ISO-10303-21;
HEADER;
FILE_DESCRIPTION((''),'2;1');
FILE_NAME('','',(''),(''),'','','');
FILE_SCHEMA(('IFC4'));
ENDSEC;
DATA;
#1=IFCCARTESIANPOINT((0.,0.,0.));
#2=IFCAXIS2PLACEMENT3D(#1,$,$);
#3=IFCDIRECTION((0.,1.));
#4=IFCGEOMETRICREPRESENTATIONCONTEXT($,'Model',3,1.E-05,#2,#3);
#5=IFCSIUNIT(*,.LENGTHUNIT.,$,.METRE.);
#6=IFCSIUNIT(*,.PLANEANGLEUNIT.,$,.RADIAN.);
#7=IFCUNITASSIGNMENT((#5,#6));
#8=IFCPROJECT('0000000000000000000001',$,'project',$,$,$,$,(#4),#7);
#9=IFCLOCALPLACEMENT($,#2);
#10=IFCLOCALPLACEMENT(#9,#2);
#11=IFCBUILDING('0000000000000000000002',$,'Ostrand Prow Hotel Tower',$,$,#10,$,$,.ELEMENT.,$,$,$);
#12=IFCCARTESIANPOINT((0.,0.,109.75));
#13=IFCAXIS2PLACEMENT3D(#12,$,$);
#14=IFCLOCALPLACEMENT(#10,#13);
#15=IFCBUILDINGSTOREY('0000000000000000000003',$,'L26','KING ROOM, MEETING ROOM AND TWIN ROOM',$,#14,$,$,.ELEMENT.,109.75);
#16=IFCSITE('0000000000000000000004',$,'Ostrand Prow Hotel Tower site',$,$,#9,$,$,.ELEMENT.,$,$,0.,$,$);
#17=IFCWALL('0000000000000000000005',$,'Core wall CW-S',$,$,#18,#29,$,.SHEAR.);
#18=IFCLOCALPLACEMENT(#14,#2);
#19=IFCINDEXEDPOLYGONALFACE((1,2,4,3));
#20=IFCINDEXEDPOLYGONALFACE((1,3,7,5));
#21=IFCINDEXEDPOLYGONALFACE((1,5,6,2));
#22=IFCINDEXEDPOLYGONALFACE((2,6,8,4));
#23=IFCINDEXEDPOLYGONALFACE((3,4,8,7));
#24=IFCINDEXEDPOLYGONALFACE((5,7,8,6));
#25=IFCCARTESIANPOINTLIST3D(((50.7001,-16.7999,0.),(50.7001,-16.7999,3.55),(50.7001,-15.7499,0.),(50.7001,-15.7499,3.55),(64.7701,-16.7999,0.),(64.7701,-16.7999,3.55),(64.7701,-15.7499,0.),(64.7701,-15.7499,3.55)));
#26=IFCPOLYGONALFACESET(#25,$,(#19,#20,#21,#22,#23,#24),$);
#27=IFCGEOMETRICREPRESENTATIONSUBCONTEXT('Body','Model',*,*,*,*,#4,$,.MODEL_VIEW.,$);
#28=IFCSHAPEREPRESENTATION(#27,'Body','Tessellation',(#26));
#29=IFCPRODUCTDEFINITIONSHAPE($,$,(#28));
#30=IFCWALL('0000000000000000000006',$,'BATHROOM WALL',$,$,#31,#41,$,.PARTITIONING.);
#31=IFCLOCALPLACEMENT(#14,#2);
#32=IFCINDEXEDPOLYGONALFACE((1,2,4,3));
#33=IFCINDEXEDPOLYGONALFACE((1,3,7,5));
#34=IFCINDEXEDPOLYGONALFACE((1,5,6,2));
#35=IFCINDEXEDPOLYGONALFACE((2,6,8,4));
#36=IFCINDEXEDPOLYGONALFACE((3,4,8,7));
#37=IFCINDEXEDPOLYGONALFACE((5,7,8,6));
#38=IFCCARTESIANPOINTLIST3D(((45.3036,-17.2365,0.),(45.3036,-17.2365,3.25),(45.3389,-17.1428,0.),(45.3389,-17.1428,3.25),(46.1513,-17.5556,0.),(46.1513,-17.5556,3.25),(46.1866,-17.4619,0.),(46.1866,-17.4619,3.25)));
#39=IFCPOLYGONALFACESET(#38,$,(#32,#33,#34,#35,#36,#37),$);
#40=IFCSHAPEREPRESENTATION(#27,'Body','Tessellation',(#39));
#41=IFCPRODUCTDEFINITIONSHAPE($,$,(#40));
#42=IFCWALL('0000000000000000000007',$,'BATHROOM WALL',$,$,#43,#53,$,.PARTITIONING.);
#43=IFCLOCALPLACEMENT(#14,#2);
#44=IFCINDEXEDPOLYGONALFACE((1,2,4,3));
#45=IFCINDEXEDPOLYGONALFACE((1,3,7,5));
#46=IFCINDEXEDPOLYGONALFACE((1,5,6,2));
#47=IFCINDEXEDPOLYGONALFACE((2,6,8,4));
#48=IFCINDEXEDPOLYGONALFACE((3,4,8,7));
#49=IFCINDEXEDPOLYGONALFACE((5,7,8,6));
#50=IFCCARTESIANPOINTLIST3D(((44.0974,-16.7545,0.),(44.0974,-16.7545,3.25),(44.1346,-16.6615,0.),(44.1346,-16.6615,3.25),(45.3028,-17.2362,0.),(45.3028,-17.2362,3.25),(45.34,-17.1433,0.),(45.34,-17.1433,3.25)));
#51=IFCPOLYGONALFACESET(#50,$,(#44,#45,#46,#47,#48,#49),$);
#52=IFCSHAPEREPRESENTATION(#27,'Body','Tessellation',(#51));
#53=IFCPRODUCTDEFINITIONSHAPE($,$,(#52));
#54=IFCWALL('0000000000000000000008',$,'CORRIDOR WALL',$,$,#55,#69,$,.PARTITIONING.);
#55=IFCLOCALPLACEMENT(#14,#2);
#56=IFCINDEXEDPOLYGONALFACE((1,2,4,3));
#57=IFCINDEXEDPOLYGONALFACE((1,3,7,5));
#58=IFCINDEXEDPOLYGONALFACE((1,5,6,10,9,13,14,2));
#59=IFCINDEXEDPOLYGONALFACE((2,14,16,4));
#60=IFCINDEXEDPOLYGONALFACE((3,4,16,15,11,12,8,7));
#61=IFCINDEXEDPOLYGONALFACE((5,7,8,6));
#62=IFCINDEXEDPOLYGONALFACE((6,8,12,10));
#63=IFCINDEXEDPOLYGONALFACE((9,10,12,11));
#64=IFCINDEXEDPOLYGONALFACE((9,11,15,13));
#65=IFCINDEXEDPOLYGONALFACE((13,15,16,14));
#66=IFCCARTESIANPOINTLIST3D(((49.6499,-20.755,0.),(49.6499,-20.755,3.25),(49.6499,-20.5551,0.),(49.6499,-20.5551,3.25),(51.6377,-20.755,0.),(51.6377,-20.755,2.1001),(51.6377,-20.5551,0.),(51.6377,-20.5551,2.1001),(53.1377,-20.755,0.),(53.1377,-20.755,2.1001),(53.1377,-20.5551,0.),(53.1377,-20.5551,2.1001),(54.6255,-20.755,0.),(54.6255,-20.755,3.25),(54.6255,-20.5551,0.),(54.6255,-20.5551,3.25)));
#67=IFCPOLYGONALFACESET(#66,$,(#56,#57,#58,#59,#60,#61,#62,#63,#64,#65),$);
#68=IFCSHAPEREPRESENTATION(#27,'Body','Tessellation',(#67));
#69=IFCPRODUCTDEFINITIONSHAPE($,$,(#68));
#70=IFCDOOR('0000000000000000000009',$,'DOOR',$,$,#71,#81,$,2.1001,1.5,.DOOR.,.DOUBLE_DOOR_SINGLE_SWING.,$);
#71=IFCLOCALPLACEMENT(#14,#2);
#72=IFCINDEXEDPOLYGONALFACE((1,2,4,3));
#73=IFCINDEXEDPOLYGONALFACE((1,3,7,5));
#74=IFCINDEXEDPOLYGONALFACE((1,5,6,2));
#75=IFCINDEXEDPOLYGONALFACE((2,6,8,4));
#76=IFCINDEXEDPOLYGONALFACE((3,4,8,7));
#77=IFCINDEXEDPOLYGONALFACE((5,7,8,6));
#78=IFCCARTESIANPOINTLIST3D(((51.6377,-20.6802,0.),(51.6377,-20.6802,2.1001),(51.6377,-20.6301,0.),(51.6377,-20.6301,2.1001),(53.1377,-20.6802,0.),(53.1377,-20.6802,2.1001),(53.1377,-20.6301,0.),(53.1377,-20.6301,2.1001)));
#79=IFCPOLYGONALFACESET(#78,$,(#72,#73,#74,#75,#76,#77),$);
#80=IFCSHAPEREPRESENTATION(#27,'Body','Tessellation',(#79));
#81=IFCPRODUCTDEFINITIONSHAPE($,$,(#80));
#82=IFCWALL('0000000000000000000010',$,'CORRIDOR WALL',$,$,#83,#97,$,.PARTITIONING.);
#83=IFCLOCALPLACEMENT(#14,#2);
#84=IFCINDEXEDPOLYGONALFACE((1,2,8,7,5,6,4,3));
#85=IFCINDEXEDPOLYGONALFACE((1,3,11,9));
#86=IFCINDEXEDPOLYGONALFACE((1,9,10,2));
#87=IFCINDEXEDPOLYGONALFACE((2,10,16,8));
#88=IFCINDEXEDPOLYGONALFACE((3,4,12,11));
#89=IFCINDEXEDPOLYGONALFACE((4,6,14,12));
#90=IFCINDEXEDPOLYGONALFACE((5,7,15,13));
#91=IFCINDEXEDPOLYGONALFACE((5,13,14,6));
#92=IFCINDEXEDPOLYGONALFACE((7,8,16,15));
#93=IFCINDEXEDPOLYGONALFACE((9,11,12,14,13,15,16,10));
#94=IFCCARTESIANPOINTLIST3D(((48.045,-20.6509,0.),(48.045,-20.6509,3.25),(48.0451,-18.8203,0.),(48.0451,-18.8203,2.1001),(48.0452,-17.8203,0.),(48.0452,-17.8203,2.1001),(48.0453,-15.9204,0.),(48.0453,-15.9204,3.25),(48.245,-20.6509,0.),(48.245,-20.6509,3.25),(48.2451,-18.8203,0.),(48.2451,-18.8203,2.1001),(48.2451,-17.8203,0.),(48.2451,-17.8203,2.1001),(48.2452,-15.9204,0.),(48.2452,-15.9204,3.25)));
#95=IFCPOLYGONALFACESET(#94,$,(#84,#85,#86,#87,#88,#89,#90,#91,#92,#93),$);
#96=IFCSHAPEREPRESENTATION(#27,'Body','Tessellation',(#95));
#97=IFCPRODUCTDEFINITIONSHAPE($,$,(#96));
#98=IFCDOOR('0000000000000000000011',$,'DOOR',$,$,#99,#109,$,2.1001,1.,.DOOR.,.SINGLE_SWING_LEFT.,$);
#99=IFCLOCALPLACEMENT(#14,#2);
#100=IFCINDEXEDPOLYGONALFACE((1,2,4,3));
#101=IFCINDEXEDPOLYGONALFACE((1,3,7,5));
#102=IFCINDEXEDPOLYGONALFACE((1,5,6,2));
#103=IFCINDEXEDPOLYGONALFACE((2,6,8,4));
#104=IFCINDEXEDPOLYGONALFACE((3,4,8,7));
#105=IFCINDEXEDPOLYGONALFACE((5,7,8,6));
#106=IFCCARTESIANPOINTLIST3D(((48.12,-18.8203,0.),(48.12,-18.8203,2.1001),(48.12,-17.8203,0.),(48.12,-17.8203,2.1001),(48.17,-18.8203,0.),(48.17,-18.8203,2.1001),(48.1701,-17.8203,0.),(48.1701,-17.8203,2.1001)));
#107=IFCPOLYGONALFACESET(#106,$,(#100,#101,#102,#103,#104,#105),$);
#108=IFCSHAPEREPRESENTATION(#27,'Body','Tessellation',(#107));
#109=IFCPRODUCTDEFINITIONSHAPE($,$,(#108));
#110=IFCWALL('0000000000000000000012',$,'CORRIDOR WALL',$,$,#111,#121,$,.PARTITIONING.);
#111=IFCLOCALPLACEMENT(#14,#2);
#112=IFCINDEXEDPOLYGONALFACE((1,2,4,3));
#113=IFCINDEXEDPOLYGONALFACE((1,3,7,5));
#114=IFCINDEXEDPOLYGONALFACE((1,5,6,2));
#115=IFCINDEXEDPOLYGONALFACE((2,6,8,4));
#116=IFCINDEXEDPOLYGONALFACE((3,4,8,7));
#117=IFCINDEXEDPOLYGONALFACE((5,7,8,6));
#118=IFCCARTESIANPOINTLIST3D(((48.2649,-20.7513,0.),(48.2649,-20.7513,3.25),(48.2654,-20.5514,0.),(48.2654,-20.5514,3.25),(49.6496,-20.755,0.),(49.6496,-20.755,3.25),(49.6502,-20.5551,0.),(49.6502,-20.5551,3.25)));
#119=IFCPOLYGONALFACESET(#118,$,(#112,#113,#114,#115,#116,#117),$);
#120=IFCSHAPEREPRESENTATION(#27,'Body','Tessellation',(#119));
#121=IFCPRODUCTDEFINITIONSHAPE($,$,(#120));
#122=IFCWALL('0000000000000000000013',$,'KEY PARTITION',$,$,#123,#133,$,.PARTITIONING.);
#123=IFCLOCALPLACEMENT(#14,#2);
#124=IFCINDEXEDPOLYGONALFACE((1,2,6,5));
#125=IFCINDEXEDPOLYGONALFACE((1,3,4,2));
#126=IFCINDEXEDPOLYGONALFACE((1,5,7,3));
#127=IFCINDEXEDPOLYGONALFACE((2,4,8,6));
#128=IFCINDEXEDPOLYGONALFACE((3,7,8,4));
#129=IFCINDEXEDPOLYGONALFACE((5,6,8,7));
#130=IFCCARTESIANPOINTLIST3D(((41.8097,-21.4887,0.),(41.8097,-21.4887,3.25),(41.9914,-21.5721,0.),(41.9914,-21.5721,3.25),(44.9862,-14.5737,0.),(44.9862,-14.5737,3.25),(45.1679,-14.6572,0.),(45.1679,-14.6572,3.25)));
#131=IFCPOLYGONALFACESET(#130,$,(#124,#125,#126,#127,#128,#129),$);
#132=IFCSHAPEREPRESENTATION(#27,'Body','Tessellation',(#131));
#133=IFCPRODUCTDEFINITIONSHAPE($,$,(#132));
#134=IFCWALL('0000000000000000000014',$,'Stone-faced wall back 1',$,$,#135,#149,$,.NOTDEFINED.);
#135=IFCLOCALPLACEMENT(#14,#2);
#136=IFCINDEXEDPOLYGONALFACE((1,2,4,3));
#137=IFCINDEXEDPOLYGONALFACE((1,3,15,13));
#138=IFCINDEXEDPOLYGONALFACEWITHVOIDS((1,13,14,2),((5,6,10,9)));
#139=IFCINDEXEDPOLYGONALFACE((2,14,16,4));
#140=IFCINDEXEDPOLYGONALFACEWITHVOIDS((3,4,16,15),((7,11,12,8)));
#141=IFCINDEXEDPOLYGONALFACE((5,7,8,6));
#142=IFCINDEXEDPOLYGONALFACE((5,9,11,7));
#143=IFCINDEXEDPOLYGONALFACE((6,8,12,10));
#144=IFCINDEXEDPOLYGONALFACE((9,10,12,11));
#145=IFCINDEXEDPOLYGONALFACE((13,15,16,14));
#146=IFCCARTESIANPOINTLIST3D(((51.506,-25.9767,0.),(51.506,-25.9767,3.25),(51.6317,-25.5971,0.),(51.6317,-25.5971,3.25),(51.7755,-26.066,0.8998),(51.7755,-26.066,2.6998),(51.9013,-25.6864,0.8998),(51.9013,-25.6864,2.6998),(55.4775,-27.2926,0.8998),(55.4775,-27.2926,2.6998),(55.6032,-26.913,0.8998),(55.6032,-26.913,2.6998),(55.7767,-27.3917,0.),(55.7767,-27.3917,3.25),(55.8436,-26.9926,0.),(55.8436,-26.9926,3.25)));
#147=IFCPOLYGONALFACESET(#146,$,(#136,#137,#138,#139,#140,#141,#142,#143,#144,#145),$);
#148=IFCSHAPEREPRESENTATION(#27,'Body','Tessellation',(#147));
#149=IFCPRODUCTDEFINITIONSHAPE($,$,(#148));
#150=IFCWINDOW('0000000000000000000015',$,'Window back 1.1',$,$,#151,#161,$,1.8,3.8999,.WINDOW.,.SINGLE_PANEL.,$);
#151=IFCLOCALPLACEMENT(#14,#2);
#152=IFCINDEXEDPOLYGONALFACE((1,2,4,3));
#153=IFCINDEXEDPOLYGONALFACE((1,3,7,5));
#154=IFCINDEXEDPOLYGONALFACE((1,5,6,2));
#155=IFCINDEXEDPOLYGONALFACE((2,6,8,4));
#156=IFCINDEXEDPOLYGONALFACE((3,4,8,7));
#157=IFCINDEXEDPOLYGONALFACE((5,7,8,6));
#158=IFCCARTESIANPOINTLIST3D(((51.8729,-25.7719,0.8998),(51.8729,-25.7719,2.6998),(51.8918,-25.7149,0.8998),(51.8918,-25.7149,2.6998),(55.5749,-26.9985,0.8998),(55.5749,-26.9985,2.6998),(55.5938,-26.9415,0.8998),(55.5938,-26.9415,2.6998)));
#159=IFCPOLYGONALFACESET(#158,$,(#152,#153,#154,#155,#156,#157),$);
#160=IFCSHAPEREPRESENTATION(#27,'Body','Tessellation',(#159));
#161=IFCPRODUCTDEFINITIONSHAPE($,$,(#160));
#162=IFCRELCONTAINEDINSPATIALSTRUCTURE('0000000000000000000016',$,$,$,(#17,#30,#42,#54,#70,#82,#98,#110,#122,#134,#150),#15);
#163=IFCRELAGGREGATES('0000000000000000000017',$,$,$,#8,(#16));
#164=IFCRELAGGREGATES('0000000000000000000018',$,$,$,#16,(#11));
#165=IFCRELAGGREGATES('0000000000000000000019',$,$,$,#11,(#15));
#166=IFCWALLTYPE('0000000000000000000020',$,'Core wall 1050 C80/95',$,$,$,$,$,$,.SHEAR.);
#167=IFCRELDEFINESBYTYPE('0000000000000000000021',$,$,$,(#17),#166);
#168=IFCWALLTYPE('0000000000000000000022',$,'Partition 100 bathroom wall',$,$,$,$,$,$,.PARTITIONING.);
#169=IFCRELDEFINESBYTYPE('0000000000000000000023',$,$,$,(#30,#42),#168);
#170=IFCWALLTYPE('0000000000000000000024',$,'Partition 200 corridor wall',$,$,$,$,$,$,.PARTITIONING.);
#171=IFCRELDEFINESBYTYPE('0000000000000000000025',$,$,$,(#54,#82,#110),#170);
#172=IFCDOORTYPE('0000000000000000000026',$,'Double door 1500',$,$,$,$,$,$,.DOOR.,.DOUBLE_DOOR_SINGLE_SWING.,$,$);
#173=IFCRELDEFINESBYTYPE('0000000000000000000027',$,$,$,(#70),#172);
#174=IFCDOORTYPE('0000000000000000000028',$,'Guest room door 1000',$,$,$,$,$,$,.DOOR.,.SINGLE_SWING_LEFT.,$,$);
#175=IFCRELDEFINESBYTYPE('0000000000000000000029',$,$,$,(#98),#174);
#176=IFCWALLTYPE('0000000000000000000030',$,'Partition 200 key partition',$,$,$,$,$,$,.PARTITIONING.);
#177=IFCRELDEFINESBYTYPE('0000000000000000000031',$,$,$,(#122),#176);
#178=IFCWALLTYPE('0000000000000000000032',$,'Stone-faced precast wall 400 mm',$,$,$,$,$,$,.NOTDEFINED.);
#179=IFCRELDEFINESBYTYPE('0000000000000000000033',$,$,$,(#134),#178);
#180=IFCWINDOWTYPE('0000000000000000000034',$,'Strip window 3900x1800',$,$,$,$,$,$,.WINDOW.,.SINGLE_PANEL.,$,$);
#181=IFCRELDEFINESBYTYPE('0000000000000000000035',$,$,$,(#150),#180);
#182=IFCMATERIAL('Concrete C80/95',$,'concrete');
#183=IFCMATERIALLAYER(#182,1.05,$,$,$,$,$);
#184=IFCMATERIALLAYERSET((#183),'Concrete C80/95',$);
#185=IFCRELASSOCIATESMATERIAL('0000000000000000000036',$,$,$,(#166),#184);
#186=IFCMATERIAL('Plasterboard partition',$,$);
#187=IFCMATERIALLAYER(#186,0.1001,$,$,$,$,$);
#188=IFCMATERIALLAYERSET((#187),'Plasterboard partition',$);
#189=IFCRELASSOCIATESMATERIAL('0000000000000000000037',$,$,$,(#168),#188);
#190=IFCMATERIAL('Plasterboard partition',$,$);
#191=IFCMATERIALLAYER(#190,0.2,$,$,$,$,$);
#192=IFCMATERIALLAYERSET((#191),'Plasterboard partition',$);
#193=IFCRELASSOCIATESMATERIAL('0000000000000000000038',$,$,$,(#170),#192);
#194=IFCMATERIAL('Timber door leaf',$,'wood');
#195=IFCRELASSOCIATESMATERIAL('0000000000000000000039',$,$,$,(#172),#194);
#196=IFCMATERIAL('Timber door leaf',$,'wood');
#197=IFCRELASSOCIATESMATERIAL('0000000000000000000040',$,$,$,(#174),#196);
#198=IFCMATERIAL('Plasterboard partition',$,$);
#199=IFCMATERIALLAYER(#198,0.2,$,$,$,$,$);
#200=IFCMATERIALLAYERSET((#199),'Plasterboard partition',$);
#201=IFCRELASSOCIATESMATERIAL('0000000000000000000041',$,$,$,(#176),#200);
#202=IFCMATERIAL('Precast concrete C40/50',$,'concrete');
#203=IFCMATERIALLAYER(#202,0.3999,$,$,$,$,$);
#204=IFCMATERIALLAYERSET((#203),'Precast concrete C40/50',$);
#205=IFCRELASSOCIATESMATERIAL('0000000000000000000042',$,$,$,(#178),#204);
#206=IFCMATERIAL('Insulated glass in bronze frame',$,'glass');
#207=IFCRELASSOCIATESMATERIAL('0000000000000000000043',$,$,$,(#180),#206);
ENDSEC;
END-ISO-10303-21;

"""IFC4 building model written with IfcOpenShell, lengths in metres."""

from ifc_helpers import new_model, si_unit, direction, frame, frame_2d, origin, place, context, subcontext, project, spatial, polyline, rectangle, outline, extrude, material, layer, layer_set, type_object, element, fill, save


model = new_model("IFC4")

# Units and contexts
model_context = context("Model", 3, precision=1e-05, world=origin(), true_north=direction((0.0, 1.0)))
body_context = subcontext(model_context, "Body", "Model", "MODEL_VIEW")
ifc_project = project(units=[si_unit("LENGTHUNIT", "METRE"), si_unit("PLANEANGLEUNIT", "RADIAN")], contexts=[model_context])

# Site, building, storey
site_placement = place(None, origin())
site = spatial("IfcSite", under=ifc_project, at=site_placement, Name="Ostrand Prow Hotel Tower site", CompositionType="ELEMENT", RefElevation=0.0)
building_placement = place(site_placement, origin())
building = spatial("IfcBuilding", under=site, at=building_placement, Name="Ostrand Prow Hotel Tower", CompositionType="ELEMENT")
storey_placement = place(building_placement, frame((0.0, 0.0, 109.75)))
storey = spatial("IfcBuildingStorey", under=building, at=storey_placement, Name="L26", Description="KING ROOM, MEETING ROOM AND TWIN ROOM", CompositionType="ELEMENT", Elevation=109.75)

# Shared definitions
ifc_material_1 = material(Name="Concrete C80/95", Category="concrete")
ifc_layer_1 = layer(ifc_material_1, 1.05)
ifc_layer_set_1 = layer_set([ifc_layer_1], Name="Concrete C80/95")
wall_type_1 = type_object("IfcWallType", Name="Core wall 1050 C80/95", PredefinedType="SHEAR", material=ifc_layer_set_1)

# Walls
wall_1_placement = place(storey_placement, frame((50.7, -16.2749, 0.0), z_axis=(0.0, 0.0, 1.0), x_axis=(1.0, 0.0, 0.0)))
element("IfcWall", 1, at=wall_1_placement, inside=storey, type_object=wall_type_1, Name="Core wall CW-S", PredefinedType="SHEAR", context=body_context, shape_type="SweptSolid", body=[
    extrude(rectangle(XDim=14.0701, YDim=1.05, at=frame_2d((7.0352, 0.0))), origin(), (0.0, 0.0, 1.0), 3.55),
])
ifc_material_2 = material(Name="Plasterboard partition")
ifc_layer_2 = layer(ifc_material_2, 0.1001)
ifc_layer_set_2 = layer_set([ifc_layer_2], Name="Plasterboard partition")
wall_type_2 = type_object("IfcWallType", Name="Partition 100 bathroom wall", PredefinedType="PARTITIONING", material=ifc_layer_set_2)
wall_2_placement = place(storey_placement, frame((46.1689, -17.5088, 0.0), z_axis=(0.0, 0.0, 1.0), x_axis=(-0.935885, 0.352305, 0.0)))
element("IfcWall", 2, at=wall_2_placement, inside=storey, type_object=wall_type_2, Name="BATHROOM WALL", PredefinedType="PARTITIONING", context=body_context, shape_type="SweptSolid", body=[
    extrude(rectangle(XDim=0.9058, YDim=0.1001, at=frame_2d((0.4529, 0.0))), origin(), (0.0, 0.0, 1.0), 3.25),
])
wall_3_placement = place(storey_placement, frame((45.3213, -17.1897, 0.0), z_axis=(0.0, 0.0, 1.0), x_axis=(-0.928593, 0.371099, 0.0)))
element("IfcWall", 3, at=wall_3_placement, inside=storey, type_object=wall_type_2, Name="BATHROOM WALL", PredefinedType="PARTITIONING", context=body_context, shape_type="SweptSolid", body=[
    extrude(rectangle(XDim=1.2981, YDim=0.1001, at=frame_2d((0.6489, 0.0))), origin(), (0.0, 0.0, 1.0), 3.25),
])

# Walls, openings, doors
ifc_material_3 = material(Name="Plasterboard partition")
ifc_layer_3 = layer(ifc_material_3, 0.2)
ifc_layer_set_3 = layer_set([ifc_layer_3], Name="Plasterboard partition")
wall_type_3 = type_object("IfcWallType", Name="Partition 200 corridor wall", PredefinedType="PARTITIONING", material=ifc_layer_set_3)
wall_4_placement = place(storey_placement, frame((49.6499, -20.655, 0.0), z_axis=(0.0, 0.0, 1.0), x_axis=(1.0, 0.0, 0.0)))
wall_4 = element("IfcWall", 4, at=wall_4_placement, inside=storey, type_object=wall_type_3, Name="CORRIDOR WALL", PredefinedType="PARTITIONING", context=body_context, shape_type="SweptSolid", body=[
    extrude(rectangle(XDim=4.9756, YDim=0.2, at=frame_2d((2.4878, 0.0))), origin(), (0.0, 0.0, 1.0), 3.25),
])
opening_1_placement = place(wall_4_placement, frame((1.9878, 0.0, 0.0)))
opening_1 = element("IfcOpeningElement", 5, at=opening_1_placement, cuts=wall_4, PredefinedType="OPENING", context=body_context, shape_type="SweptSolid", body=[
    extrude(rectangle(XDim=1.5, YDim=2.1001, at=frame_2d((0.75, 1.05))), frame((0.0, 0.1099, 0.0), z_axis=(0.0, -1.0, 0.0), x_axis=(1.0, 0.0, 0.0)), (0.0, 0.0, 1.0), 0.22),
])
ifc_material_4 = material(Name="Timber door leaf", Category="wood")
door_type_1 = type_object("IfcDoorType", Name="Double door 1500", OperationType="DOUBLE_DOOR_SINGLE_SWING", PredefinedType="DOOR", material=ifc_material_4)
door_1_placement = place(opening_1_placement, origin())
door_1 = element("IfcDoor", 6, at=door_1_placement, inside=storey, type_object=door_type_1, Name="DOOR", OperationType="DOUBLE_DOOR_SINGLE_SWING", OverallHeight=2.1001, OverallWidth=1.5, PredefinedType="DOOR", context=body_context, shape_type="SweptSolid", body=[
    extrude(rectangle(XDim=1.5, YDim=2.1001, at=frame_2d((0.75, 1.05))), frame((0.0, 0.0249, 0.0), z_axis=(0.0, -1.0, 0.0), x_axis=(1.0, 0.0, 0.0)), (0.0, 0.0, 1.0), 0.05),
])
fill(opening_1, door_1)
wall_5_placement = place(storey_placement, frame((48.1453, -15.9204, 0.0), z_axis=(0.0, 0.0, 1.0), x_axis=(-0.000052, -1.0, 0.0)))
wall_5 = element("IfcWall", 7, at=wall_5_placement, inside=storey, type_object=wall_type_3, Name="CORRIDOR WALL", PredefinedType="PARTITIONING", context=body_context, shape_type="SweptSolid", body=[
    extrude(rectangle(XDim=4.7305, YDim=0.2, at=frame_2d((2.3652, 0.0))), origin(), (0.0, 0.0, 1.0), 3.25),
])
opening_2_placement = place(wall_5_placement, frame((1.8999, 0.0, 0.0)))
opening_2 = element("IfcOpeningElement", 8, at=opening_2_placement, cuts=wall_5, PredefinedType="OPENING", context=body_context, shape_type="SweptSolid", body=[
    extrude(rectangle(XDim=1.0, YDim=2.1001, at=frame_2d((0.5, 1.05))), frame((0.0, 0.1099, 0.0), z_axis=(0.0, -1.0, 0.0), x_axis=(1.0, 0.0, 0.0)), (0.0, 0.0, 1.0), 0.22),
])
ifc_material_5 = material(Name="Timber door leaf", Category="wood")
door_type_2 = type_object("IfcDoorType", Name="Guest room door 1000", OperationType="SINGLE_SWING_LEFT", PredefinedType="DOOR", material=ifc_material_5)
door_2_placement = place(opening_2_placement, origin())
door_2 = element("IfcDoor", 9, at=door_2_placement, inside=storey, type_object=door_type_2, Name="DOOR", OperationType="SINGLE_SWING_LEFT", OverallHeight=2.1001, OverallWidth=1.0, PredefinedType="DOOR", context=body_context, shape_type="SweptSolid", body=[
    extrude(rectangle(XDim=1.0, YDim=2.1001, at=frame_2d((0.5, 1.05))), frame((0.0, 0.0249, 0.0), z_axis=(0.0, -1.0, 0.0), x_axis=(1.0, 0.0, 0.0)), (0.0, 0.0, 1.0), 0.05),
])
fill(opening_2, door_2)

# Walls
wall_6_placement = place(storey_placement, frame((48.2651, -20.6514, 0.0), z_axis=(0.0, 0.0, 1.0), x_axis=(0.999997, -0.002645, 0.0)))
element("IfcWall", 10, at=wall_6_placement, inside=storey, type_object=wall_type_3, Name="CORRIDOR WALL", PredefinedType="PARTITIONING", context=body_context, shape_type="SweptSolid", body=[
    extrude(rectangle(XDim=1.3848, YDim=0.2, at=frame_2d((0.6924, 0.0))), origin(), (0.0, 0.0, 1.0), 3.25),
])
ifc_material_6 = material(Name="Plasterboard partition")
ifc_layer_4 = layer(ifc_material_6, 0.2)
ifc_layer_set_4 = layer_set([ifc_layer_4], Name="Plasterboard partition")
wall_type_4 = type_object("IfcWallType", Name="Partition 200 key partition", PredefinedType="PARTITIONING", material=ifc_layer_set_4)
wall_7_placement = place(storey_placement, frame((41.9006, -21.5303, 0.0), z_axis=(0.0, 0.0, 1.0), x_axis=(0.417428, 0.90871, 0.0)))
element("IfcWall", 11, at=wall_7_placement, inside=storey, type_object=wall_type_4, Name="KEY PARTITION", PredefinedType="PARTITIONING", context=body_context, shape_type="SweptSolid", body=[
    extrude(rectangle(XDim=7.6096, YDim=0.2, at=frame_2d((3.8047, 0.0))), origin(), (0.0, 0.0, 1.0), 3.25),
])

# Wall, opening, window
ifc_material_7 = material(Name="Precast concrete C40/50", Category="concrete")
ifc_layer_5 = layer(ifc_material_7, 0.3999)
ifc_layer_set_5 = layer_set([ifc_layer_5], Name="Precast concrete C40/50")
wall_type_5 = type_object("IfcWallType", Name="Stone-faced precast wall 400 mm", PredefinedType="NOTDEFINED", material=ifc_layer_set_5)
wall_8_placement = place(storey_placement, frame((51.5688, -25.7869, 0.0), z_axis=(0.0, 0.0, 1.0), x_axis=(0.94925, -0.314522, 0.0)))
wall_8 = element("IfcWall", 12, at=wall_8_placement, inside=storey, type_object=wall_type_5, Name="Stone-faced wall back 1", PredefinedType="NOTDEFINED", context=body_context, shape_type="SweptSolid", body=[
    extrude(outline(polyline([(0.0, -0.2), (4.499, -0.2), (4.437, 0.2), (0.0, 0.2), (0.0, -0.2)])), origin(), (0.0, 0.0, 1.0), 3.25),
])
opening_3_placement = place(wall_8_placement, frame((0.2839, 0.0, 0.8999)))
opening_3 = element("IfcOpeningElement", 13, at=opening_3_placement, cuts=wall_8, PredefinedType="OPENING", context=body_context, shape_type="SweptSolid", body=[
    extrude(rectangle(XDim=3.8999, YDim=1.8, at=frame_2d((1.95, 0.8999))), frame((0.0, 0.21, 0.0), z_axis=(0.0, -1.0, 0.0), x_axis=(1.0, 0.0, 0.0)), (0.0, 0.0, 1.0), 0.4199),
])
ifc_material_8 = material(Name="Insulated glass in bronze frame", Category="glass")
window_type = type_object("IfcWindowType", Name="Strip window 3900x1800", PartitioningType="SINGLE_PANEL", PredefinedType="WINDOW", material=ifc_material_8)
window_placement = place(opening_3_placement, origin())
window = element("IfcWindow", 14, at=window_placement, inside=storey, type_object=window_type, Name="Window back 1.1", OverallHeight=1.8, OverallWidth=3.8999, PartitioningType="SINGLE_PANEL", PredefinedType="WINDOW", context=body_context, shape_type="SweptSolid", body=[
    extrude(rectangle(XDim=3.8999, YDim=1.8, at=frame_2d((1.95, 0.8999))), frame((0.0, 0.1699, 0.0), z_axis=(0.0, -1.0, 0.0), x_axis=(1.0, 0.0, 0.0)), (0.0, 0.0, 1.0), 0.0601),
])
fill(opening_3, window)

save(model, "model.ifc")
